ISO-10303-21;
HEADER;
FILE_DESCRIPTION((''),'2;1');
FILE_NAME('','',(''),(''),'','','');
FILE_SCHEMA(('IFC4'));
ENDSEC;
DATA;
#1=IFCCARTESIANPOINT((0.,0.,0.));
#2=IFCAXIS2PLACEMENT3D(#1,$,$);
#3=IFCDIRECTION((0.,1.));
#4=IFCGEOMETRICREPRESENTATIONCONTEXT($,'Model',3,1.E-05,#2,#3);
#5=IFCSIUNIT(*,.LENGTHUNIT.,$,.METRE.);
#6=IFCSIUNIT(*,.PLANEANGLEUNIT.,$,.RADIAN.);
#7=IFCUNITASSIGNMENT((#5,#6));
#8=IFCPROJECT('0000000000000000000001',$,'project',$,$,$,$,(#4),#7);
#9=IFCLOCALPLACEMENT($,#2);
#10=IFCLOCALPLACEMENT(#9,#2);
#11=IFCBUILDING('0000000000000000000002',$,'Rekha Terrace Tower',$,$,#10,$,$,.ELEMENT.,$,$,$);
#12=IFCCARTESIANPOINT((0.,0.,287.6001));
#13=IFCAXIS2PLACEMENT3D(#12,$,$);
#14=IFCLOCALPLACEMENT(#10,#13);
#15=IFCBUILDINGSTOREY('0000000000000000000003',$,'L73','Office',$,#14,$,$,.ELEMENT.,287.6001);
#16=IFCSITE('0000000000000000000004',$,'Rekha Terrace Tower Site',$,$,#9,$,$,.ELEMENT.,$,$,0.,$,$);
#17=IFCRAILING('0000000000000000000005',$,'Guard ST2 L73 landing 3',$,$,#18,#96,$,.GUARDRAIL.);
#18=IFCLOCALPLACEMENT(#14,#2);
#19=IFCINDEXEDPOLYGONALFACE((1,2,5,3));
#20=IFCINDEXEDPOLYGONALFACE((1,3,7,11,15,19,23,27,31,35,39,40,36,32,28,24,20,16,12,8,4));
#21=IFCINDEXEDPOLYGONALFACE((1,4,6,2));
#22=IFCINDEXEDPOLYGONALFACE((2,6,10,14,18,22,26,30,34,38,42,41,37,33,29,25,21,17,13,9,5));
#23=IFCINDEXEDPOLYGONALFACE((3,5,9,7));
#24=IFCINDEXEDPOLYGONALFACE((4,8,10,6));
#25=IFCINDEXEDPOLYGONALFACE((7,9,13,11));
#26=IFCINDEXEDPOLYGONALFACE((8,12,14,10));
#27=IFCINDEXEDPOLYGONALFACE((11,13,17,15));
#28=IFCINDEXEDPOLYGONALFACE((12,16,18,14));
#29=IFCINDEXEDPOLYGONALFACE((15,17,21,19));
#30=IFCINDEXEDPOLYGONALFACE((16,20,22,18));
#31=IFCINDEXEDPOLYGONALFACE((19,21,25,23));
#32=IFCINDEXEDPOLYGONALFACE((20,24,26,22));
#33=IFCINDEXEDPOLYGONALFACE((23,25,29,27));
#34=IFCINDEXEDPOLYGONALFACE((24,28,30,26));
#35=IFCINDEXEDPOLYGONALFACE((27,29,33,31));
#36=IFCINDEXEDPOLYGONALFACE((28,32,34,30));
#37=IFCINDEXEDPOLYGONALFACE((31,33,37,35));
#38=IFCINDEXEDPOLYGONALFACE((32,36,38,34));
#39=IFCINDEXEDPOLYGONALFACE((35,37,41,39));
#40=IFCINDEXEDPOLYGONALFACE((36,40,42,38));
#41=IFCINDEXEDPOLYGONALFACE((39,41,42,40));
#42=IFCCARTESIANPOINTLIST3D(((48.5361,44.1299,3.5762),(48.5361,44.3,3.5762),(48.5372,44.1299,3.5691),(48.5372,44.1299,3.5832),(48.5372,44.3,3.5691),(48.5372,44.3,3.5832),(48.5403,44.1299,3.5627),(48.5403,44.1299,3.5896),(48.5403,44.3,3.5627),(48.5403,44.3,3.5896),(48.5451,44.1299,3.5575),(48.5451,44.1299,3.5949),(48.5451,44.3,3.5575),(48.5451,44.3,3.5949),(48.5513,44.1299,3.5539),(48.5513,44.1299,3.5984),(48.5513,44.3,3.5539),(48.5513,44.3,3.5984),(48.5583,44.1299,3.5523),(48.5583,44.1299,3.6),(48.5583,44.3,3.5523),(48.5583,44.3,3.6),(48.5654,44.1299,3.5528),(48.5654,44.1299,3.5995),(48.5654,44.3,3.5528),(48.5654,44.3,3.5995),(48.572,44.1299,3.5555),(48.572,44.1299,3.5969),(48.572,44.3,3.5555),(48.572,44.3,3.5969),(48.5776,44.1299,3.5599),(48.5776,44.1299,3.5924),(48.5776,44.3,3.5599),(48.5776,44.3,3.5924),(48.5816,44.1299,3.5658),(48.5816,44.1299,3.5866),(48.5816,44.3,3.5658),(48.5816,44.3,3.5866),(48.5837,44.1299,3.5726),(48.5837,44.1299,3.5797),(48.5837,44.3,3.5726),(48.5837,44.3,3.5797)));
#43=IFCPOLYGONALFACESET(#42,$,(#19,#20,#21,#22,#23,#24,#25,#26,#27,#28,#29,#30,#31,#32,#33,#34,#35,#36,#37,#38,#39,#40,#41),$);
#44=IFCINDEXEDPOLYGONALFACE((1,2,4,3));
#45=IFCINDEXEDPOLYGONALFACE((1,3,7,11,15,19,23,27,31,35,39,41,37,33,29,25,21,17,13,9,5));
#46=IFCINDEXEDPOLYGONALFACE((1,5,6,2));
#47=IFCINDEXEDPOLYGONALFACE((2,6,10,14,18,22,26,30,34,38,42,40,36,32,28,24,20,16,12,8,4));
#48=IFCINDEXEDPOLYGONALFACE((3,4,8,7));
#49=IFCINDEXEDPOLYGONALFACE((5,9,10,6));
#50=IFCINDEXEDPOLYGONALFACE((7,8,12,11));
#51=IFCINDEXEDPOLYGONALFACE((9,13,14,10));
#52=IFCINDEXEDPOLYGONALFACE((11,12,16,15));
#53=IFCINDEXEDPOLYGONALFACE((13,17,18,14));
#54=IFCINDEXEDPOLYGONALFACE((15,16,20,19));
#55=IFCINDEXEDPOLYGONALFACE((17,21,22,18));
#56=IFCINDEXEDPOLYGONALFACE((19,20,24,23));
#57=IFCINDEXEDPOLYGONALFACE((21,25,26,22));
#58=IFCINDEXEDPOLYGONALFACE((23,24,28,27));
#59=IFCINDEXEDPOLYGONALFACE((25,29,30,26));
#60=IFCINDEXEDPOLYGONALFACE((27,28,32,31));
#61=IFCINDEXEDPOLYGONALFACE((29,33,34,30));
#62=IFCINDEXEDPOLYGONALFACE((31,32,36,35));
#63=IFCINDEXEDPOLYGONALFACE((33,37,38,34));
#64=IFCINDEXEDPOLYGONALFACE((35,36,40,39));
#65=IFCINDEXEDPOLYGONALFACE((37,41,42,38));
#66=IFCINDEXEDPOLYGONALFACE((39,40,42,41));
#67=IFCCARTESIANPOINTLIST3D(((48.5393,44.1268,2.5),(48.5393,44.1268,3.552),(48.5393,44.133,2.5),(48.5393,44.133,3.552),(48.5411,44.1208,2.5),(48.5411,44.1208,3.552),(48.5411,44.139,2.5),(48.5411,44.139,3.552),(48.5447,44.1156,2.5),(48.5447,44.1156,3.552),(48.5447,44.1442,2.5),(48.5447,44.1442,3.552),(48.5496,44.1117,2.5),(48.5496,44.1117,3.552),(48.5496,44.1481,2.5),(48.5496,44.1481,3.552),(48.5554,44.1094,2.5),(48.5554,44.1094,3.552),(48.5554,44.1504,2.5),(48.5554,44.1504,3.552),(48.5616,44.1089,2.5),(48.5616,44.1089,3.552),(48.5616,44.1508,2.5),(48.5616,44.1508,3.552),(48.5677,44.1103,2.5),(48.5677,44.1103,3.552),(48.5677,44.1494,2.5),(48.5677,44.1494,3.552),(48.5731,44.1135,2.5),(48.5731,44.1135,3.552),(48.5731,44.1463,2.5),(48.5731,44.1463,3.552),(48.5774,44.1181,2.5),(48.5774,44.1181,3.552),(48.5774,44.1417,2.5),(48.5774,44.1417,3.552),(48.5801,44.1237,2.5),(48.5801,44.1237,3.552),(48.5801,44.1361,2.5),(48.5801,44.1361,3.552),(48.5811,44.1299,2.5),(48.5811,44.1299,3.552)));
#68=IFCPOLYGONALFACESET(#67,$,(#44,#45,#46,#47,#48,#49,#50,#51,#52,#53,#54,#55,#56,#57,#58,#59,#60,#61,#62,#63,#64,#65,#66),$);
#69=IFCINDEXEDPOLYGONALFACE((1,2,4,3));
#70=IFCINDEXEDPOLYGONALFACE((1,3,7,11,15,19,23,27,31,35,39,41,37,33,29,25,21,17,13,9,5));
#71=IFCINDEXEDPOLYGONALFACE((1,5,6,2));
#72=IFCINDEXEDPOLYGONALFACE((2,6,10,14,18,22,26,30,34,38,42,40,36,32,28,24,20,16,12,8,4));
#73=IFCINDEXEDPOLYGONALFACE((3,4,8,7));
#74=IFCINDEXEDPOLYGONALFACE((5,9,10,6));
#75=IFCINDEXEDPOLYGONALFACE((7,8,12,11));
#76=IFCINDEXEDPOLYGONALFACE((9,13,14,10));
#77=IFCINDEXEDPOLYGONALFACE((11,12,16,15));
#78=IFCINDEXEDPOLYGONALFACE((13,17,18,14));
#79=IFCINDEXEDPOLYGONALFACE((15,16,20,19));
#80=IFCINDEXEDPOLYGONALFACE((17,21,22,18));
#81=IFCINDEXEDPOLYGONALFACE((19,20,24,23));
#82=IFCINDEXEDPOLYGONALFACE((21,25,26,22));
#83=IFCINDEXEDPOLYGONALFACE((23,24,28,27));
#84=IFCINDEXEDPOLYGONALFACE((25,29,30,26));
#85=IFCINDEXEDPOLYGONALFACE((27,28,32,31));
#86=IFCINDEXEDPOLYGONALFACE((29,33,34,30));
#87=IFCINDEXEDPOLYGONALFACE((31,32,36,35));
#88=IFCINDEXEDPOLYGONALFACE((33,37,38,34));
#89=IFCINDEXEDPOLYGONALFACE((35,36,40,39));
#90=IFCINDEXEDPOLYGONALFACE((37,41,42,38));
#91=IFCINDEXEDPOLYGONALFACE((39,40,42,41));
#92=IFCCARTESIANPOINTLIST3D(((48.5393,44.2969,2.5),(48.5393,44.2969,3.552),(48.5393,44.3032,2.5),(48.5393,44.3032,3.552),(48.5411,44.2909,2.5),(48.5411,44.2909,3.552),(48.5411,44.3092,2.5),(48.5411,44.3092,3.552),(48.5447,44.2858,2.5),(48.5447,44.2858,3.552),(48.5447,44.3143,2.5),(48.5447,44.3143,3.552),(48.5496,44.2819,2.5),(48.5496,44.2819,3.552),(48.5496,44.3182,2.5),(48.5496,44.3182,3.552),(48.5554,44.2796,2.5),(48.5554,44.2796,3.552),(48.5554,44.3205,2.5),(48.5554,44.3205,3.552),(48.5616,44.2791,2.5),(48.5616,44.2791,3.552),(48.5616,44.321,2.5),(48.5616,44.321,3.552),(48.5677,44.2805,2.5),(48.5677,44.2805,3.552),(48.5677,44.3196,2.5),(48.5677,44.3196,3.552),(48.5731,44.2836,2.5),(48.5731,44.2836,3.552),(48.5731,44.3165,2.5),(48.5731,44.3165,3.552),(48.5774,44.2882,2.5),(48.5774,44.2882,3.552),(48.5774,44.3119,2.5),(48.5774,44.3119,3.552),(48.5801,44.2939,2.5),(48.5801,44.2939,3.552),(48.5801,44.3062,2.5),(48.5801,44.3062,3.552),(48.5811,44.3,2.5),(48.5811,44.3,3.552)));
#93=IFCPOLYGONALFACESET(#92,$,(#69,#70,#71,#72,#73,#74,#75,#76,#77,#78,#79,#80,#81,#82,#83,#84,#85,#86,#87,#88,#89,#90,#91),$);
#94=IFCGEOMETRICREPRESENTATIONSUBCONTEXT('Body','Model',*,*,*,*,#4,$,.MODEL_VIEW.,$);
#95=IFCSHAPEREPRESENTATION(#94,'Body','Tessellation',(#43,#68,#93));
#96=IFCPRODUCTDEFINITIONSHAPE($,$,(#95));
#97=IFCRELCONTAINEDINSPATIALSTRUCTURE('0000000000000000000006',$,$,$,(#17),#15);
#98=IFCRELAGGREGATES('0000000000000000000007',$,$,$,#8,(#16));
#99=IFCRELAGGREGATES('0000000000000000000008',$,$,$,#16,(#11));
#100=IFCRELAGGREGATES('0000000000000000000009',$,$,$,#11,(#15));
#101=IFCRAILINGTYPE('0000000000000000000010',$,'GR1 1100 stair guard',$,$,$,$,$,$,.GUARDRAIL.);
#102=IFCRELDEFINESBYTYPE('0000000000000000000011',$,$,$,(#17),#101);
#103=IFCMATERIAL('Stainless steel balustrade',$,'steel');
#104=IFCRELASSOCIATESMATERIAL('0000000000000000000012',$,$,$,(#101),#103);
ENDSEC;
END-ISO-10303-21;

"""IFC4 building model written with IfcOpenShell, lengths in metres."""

from ifc_helpers import new_model, si_unit, direction, frame, origin, origin_2d, place, context, subcontext, project, spatial, circle, extrude, material, type_object, element, save


model = new_model("IFC4")

# Units and contexts
model_context = context("Model", 3, precision=1e-05, world=origin(), true_north=direction((0.0, 1.0)))
body_context = subcontext(model_context, "Body", "Model", "MODEL_VIEW")
ifc_project = project(units=[si_unit("LENGTHUNIT", "METRE"), si_unit("PLANEANGLEUNIT", "RADIAN")], contexts=[model_context])

# Site, building, storey
site_placement = place(None, origin())
site = spatial("IfcSite", under=ifc_project, at=site_placement, Name="Rekha Terrace Tower Site", CompositionType="ELEMENT", RefElevation=0.0)
building_placement = place(site_placement, origin())
building = spatial("IfcBuilding", under=site, at=building_placement, Name="Rekha Terrace Tower", CompositionType="ELEMENT")
storey_placement = place(building_placement, frame((0.0, 0.0, 287.6001)))
storey = spatial("IfcBuildingStorey", under=building, at=storey_placement, Name="L73", Description="Office", CompositionType="ELEMENT", Elevation=287.6001)

# Railing
ifc_material_1 = material(Name="Stainless steel balustrade", Category="steel")
railing_type = type_object("IfcRailingType", Name="GR1 1100 stair guard", PredefinedType="GUARDRAIL", material=ifc_material_1)
railing_1_placement = place(storey_placement, frame((48.5601, 44.1299, 2.5)))
element("IfcRailing", 1, at=railing_1_placement, inside=storey, type_object=railing_type, Name="Guard ST2 L73 landing 3", PredefinedType="GUARDRAIL", context=body_context, shape_type="SweptSolid", body=[
    extrude(circle(Radius=0.0239, at=origin_2d()), frame((0.0, 0.0, 1.0762), z_axis=(0.0, 1.0, 0.0), x_axis=(-1.0, 0.0, 0.0)), (0.0, 0.0, 1.0), 0.1702),
    extrude(circle(Radius=0.021, at=origin_2d()), origin(), (0.0, 0.0, 1.0), 1.052),
    extrude(circle(Radius=0.021, at=origin_2d()), frame((0.0, 0.1702, 0.0)), (0.0, 0.0, 1.0), 1.052),
])

save(model, "model.ifc")
